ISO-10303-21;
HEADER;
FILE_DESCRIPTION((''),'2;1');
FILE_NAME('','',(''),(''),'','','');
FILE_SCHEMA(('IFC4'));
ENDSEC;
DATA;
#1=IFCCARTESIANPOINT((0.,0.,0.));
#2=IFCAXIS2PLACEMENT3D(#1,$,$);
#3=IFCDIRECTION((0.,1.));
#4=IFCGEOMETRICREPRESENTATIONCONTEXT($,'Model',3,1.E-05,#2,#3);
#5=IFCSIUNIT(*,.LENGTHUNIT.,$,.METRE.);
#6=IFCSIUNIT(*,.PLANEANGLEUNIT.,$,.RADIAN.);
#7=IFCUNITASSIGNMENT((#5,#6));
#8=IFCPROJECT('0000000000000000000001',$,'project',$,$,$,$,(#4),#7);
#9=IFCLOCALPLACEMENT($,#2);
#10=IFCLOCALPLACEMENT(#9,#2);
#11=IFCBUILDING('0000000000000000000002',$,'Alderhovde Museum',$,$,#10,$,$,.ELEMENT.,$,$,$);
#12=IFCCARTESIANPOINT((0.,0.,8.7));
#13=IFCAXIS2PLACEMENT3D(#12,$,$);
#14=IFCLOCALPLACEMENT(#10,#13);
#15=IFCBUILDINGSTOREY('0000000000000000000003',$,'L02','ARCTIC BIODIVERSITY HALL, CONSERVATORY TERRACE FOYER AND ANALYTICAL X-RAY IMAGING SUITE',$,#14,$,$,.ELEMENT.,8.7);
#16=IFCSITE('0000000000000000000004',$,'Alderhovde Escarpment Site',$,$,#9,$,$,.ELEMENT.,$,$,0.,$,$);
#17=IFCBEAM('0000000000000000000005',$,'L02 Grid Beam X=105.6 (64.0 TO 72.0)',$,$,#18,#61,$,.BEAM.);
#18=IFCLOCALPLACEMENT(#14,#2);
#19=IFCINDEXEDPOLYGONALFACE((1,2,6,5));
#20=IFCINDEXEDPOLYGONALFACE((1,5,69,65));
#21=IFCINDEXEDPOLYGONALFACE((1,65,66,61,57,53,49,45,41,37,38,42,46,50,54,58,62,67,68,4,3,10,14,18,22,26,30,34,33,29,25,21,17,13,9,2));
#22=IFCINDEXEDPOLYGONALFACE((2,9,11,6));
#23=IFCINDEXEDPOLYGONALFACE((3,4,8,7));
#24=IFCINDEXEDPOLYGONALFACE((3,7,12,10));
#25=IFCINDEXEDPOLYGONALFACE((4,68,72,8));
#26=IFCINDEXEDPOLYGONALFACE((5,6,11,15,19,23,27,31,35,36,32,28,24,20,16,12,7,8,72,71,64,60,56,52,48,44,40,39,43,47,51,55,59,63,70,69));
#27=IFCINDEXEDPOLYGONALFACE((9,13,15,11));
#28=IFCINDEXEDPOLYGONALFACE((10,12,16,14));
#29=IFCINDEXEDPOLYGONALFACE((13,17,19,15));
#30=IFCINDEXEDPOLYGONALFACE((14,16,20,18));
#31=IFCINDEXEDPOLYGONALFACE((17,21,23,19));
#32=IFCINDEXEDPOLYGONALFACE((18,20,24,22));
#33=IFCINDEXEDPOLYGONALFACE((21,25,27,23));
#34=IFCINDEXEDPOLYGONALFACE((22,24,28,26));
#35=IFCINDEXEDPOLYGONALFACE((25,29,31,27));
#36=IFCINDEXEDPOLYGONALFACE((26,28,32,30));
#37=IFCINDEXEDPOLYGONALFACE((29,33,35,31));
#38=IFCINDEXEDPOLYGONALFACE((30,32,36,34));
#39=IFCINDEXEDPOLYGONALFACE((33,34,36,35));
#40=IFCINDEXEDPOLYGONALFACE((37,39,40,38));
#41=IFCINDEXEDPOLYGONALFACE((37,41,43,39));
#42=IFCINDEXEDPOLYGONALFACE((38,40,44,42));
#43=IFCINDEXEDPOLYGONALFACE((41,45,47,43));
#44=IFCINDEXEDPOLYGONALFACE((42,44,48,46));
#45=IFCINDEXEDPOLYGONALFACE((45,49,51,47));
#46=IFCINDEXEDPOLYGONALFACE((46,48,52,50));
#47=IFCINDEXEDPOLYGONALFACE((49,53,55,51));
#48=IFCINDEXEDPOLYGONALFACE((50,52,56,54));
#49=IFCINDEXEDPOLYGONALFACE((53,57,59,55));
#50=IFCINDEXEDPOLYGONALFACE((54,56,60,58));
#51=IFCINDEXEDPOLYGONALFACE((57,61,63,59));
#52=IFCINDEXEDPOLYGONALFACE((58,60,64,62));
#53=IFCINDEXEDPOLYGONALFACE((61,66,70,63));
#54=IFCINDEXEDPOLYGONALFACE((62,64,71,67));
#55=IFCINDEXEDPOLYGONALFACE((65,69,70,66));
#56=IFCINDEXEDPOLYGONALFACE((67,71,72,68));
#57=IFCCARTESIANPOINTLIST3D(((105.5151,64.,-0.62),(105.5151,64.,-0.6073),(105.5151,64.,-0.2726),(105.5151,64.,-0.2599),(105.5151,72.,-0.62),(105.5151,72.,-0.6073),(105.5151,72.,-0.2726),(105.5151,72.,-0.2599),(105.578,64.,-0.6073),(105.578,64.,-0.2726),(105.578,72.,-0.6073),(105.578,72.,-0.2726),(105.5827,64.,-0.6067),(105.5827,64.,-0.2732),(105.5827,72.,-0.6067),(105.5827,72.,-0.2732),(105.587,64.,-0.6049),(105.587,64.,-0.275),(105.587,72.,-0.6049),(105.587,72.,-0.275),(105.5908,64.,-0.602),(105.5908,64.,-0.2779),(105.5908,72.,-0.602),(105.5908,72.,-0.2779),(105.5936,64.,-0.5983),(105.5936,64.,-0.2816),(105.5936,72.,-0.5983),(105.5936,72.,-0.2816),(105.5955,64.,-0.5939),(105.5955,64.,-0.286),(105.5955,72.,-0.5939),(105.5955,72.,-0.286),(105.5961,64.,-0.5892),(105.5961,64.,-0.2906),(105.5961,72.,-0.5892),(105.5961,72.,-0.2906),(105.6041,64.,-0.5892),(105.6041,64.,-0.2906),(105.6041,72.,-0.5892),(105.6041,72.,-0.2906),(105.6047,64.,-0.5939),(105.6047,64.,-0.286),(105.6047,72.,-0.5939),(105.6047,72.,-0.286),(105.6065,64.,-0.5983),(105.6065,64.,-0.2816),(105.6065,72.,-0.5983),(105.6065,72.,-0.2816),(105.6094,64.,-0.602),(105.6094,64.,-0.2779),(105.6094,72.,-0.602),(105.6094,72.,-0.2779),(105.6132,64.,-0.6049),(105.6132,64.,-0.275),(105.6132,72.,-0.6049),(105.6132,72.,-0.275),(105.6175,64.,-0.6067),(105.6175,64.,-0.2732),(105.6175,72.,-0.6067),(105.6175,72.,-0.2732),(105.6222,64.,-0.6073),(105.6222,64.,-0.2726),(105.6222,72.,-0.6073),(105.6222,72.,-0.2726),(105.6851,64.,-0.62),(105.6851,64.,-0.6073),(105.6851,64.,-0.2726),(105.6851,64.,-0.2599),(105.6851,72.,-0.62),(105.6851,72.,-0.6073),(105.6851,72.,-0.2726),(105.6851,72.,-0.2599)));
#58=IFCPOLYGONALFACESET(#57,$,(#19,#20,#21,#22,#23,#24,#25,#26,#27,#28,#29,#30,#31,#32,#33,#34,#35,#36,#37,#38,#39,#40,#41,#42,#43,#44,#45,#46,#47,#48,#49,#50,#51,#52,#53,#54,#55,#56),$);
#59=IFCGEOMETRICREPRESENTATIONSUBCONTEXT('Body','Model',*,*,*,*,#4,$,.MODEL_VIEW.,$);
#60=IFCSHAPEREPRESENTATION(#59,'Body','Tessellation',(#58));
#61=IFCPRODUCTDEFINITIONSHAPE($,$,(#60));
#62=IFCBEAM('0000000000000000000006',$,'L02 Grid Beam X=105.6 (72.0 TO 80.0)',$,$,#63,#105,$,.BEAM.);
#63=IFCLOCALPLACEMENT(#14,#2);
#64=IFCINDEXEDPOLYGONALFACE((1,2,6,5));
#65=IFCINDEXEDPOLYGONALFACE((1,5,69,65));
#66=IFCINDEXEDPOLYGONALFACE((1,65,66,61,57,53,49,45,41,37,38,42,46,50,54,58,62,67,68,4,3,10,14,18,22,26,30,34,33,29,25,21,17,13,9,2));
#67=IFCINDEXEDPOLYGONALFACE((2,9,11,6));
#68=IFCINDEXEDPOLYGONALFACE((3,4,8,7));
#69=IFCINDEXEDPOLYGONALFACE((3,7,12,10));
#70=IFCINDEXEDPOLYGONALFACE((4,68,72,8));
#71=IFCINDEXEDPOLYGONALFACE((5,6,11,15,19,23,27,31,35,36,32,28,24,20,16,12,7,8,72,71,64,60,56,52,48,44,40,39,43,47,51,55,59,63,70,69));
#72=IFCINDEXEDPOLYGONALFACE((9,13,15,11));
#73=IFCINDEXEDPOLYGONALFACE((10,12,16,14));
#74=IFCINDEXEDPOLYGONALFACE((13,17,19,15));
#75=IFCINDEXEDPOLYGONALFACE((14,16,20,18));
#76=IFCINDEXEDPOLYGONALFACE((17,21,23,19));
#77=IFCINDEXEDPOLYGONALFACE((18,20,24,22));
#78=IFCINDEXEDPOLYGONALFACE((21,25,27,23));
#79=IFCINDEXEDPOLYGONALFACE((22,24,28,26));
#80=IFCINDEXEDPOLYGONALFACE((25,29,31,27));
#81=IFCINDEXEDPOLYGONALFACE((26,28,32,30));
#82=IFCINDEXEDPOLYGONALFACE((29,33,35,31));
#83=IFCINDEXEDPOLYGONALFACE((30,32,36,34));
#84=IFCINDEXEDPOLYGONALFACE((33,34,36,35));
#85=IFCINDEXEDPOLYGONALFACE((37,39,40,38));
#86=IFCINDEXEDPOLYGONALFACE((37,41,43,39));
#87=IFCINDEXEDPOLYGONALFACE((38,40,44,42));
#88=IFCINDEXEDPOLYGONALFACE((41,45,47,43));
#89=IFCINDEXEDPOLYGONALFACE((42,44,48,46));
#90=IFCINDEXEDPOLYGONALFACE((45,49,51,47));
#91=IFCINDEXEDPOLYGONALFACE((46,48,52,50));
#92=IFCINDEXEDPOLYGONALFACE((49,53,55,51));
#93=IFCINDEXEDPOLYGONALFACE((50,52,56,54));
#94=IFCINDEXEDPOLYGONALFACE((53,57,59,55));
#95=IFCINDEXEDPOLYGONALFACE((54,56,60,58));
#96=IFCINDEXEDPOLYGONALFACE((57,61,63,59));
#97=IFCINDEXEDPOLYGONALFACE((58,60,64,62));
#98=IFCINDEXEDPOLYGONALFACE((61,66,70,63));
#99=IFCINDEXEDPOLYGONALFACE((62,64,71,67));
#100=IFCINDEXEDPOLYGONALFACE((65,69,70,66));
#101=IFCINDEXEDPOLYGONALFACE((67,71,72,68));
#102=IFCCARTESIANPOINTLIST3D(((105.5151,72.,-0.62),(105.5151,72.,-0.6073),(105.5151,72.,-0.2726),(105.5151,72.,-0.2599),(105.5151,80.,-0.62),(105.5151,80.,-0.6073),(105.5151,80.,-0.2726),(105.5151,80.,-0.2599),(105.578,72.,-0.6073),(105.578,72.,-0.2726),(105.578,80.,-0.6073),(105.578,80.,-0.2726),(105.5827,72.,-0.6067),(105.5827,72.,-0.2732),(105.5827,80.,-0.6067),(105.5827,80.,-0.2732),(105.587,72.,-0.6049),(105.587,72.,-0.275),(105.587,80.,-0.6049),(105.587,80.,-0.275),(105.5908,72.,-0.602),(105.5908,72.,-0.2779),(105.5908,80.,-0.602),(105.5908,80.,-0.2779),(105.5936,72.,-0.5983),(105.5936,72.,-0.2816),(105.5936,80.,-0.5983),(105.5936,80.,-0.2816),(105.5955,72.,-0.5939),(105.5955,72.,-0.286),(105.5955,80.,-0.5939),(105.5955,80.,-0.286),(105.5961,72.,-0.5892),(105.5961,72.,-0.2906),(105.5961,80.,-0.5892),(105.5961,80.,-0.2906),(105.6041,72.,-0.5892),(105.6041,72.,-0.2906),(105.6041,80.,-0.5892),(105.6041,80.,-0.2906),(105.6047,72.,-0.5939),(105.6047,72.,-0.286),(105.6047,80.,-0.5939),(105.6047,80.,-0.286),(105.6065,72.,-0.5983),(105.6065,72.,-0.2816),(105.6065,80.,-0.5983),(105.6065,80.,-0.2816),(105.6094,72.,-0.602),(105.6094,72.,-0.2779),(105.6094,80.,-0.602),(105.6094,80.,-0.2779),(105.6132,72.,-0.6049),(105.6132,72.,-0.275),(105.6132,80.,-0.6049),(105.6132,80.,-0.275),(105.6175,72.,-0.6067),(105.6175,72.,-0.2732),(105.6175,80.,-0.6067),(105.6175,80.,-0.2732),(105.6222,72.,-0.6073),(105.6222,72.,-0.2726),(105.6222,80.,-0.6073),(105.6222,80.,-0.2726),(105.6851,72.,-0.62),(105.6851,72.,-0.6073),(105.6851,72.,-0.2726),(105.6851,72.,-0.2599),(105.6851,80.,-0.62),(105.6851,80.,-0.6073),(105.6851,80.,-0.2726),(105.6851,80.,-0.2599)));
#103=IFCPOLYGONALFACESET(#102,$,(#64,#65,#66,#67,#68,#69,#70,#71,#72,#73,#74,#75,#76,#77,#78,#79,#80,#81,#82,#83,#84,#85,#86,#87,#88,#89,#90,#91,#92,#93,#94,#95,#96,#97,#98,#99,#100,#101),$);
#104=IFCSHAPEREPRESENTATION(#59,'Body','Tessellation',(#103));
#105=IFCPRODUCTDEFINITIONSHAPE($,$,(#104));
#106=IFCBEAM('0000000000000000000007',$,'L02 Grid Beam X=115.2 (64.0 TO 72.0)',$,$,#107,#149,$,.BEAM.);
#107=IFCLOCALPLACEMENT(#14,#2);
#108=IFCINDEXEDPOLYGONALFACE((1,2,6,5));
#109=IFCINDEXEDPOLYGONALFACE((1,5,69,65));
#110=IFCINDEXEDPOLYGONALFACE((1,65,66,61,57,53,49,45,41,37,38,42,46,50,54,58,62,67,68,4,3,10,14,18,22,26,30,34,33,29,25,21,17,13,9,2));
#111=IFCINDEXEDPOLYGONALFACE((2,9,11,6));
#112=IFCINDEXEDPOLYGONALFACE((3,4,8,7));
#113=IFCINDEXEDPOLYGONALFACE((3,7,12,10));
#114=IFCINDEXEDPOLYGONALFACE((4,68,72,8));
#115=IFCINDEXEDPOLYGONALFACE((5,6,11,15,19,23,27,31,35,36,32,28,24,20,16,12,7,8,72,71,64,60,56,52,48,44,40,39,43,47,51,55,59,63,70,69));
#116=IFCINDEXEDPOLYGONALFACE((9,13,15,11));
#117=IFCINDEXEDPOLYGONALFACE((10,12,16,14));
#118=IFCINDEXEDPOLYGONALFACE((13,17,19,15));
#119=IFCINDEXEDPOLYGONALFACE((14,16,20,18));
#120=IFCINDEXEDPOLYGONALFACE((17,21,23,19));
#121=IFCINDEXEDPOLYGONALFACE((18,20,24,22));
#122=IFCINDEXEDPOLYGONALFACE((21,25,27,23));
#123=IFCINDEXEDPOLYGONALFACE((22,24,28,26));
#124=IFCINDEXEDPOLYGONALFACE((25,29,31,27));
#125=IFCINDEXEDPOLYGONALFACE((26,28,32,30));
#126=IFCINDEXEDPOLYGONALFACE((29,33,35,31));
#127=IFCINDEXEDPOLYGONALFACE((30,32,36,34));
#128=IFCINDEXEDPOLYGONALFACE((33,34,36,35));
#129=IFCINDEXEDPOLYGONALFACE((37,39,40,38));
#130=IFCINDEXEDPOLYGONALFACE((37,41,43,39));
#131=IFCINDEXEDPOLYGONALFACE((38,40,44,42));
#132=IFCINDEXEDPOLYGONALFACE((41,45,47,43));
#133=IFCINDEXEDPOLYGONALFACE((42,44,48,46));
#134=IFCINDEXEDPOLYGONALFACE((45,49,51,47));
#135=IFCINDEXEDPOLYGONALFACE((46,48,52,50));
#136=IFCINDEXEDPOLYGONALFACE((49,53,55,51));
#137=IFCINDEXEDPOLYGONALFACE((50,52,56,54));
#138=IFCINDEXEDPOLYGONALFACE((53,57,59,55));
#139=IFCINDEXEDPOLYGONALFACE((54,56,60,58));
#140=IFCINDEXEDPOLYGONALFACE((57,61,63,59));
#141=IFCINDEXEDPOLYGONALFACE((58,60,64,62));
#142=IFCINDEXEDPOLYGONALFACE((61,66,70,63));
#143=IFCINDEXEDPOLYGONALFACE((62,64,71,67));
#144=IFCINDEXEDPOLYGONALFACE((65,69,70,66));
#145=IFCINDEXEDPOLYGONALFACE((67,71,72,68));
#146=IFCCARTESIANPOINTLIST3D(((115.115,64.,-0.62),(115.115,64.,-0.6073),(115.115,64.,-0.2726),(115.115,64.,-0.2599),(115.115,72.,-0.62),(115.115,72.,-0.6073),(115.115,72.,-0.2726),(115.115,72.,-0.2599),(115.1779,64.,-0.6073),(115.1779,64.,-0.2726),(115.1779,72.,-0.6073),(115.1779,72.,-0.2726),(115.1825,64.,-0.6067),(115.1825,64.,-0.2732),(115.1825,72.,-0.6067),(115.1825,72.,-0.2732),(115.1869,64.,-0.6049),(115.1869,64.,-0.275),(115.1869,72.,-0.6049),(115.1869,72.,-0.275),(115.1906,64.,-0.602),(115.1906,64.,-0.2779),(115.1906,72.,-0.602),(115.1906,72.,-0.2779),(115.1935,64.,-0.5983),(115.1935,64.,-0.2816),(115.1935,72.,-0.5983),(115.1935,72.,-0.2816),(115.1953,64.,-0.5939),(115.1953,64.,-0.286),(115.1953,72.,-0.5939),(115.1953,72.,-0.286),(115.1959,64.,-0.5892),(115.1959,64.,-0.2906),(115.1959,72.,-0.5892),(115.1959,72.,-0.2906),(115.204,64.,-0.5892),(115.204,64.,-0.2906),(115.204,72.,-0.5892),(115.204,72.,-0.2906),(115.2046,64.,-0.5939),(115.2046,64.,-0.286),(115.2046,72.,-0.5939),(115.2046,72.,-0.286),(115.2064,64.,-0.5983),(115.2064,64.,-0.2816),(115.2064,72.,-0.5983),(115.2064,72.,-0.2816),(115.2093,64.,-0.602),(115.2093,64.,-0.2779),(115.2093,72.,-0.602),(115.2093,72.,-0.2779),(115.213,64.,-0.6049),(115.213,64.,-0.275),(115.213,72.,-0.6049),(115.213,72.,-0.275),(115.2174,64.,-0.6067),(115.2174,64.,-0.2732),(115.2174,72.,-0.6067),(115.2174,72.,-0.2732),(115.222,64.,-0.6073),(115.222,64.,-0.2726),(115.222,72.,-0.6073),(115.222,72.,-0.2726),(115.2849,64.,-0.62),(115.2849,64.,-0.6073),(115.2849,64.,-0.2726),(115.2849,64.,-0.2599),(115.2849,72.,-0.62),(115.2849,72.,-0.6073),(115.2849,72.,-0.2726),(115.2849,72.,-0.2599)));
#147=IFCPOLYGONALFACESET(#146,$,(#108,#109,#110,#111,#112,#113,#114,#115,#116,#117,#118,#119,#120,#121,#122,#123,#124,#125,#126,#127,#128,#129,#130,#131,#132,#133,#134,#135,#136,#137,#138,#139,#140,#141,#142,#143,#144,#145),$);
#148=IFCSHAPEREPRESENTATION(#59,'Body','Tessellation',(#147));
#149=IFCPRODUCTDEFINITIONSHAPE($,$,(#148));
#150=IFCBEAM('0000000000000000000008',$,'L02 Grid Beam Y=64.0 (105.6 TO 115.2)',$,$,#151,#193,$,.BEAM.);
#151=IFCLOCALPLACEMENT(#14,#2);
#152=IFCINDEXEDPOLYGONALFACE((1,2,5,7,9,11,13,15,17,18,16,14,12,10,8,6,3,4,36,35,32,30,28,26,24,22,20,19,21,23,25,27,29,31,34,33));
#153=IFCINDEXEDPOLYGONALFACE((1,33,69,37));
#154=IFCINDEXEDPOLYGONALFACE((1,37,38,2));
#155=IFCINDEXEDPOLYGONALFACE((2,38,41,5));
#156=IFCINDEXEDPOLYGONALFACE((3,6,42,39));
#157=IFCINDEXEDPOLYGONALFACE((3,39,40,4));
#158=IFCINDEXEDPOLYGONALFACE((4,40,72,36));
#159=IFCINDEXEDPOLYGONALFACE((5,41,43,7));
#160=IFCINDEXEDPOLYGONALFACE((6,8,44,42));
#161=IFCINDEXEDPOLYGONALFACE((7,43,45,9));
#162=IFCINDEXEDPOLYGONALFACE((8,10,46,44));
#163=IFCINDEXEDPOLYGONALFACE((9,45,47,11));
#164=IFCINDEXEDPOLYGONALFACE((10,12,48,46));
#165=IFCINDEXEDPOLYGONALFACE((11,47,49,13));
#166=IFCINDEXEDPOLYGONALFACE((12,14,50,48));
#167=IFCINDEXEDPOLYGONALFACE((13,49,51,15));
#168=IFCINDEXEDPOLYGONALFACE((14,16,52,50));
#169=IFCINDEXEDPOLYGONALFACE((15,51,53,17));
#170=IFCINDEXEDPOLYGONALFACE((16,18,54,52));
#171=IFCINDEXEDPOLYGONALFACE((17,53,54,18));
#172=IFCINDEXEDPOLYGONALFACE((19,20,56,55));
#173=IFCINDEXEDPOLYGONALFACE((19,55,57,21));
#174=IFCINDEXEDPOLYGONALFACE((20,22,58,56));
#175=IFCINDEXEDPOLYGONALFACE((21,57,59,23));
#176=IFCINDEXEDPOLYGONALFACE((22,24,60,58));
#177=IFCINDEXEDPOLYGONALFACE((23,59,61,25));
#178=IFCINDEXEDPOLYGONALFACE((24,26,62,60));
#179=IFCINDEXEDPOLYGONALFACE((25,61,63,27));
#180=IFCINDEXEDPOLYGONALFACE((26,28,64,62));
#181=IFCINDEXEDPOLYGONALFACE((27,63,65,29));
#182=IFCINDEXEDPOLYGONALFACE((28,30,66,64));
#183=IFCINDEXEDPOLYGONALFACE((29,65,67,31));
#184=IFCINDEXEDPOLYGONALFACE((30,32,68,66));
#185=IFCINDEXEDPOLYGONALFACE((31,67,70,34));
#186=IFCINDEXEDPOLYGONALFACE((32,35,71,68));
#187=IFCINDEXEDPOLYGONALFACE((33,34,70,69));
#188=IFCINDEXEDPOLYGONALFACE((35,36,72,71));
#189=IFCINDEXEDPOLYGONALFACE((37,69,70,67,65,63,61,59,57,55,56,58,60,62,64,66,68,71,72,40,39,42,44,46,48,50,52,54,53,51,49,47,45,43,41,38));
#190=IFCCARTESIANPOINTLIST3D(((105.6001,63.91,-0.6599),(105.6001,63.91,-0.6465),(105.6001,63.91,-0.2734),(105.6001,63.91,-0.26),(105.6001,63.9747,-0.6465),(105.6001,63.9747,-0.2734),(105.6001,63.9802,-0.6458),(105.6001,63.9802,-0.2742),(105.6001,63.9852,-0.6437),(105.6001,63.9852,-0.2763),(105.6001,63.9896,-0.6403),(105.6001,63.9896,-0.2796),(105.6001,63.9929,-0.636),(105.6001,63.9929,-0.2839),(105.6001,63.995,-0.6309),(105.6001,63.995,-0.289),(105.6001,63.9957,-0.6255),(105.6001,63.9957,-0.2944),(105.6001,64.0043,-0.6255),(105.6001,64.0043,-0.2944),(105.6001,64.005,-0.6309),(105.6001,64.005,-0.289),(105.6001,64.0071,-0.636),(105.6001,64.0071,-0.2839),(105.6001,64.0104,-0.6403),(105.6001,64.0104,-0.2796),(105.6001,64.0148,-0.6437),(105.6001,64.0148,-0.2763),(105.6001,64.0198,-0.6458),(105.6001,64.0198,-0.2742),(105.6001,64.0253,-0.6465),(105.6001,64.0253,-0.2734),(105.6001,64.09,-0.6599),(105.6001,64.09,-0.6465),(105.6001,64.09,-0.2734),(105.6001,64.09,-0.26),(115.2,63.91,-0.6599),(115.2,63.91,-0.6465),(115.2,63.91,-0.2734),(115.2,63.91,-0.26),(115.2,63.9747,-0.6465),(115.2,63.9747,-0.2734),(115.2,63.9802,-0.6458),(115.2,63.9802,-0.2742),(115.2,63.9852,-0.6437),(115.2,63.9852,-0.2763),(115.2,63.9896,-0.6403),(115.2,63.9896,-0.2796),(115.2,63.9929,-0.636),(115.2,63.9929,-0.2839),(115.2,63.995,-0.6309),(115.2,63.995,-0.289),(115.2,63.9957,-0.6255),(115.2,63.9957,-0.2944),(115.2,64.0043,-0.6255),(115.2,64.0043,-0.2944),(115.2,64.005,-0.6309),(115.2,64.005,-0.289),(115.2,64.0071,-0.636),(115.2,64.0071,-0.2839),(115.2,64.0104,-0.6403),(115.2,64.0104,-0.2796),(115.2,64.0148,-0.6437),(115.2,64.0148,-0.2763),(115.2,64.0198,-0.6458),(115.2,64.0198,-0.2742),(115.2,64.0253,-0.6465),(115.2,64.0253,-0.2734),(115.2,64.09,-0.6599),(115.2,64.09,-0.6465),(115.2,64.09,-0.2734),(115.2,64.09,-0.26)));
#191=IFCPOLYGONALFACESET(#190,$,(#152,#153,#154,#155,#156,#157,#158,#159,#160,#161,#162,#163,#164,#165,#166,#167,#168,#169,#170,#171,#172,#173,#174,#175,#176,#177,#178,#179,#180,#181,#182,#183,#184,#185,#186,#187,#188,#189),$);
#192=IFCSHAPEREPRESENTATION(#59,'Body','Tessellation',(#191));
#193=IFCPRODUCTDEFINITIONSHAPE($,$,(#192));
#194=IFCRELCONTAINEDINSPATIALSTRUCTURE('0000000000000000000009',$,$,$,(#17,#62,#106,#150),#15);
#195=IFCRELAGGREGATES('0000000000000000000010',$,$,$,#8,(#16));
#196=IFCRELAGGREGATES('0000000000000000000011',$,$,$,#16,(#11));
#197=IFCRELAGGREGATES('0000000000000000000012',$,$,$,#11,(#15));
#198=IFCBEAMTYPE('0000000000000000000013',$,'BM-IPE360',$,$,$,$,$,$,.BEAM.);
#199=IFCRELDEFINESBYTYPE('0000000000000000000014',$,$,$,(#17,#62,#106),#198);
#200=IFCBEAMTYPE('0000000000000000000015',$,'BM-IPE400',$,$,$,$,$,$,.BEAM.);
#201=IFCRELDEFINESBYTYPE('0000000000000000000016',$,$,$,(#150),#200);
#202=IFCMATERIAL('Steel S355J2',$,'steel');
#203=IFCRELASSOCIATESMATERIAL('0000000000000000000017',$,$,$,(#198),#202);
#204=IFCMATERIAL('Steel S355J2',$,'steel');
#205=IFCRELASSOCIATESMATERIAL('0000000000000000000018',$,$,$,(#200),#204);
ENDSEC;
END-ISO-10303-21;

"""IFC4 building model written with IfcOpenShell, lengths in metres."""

from ifc_helpers import new_model, si_unit, direction, frame, origin, origin_2d, place, context, subcontext, project, spatial, i_section, extrude, material, material_profile, profile_set, type_object, element, save


model = new_model("IFC4")

# Units and contexts
model_context = context("Model", 3, precision=1e-05, world=origin(), true_north=direction((0.0, 1.0)))
body_context = subcontext(model_context, "Body", "Model", "MODEL_VIEW")
ifc_project = project(units=[si_unit("LENGTHUNIT", "METRE"), si_unit("PLANEANGLEUNIT", "RADIAN")], contexts=[model_context])

# Site, building, storey
site_placement = place(None, origin())
site = spatial("IfcSite", under=ifc_project, at=site_placement, Name="Alderhovde Escarpment Site", CompositionType="ELEMENT", RefElevation=0.0)
building_placement = place(site_placement, origin())
building = spatial("IfcBuilding", under=site, at=building_placement, Name="Alderhovde Museum", CompositionType="ELEMENT")
storey_placement = place(building_placement, frame((0.0, 0.0, 8.7)))
storey = spatial("IfcBuildingStorey", under=building, at=storey_placement, Name="L02", Description="ARCTIC BIODIVERSITY HALL, CONSERVATORY TERRACE FOYER AND ANALYTICAL X-RAY IMAGING SUITE", CompositionType="ELEMENT", Elevation=8.7)

# Beams
ifc_material_1 = material(Name="Steel S355J2", Category="steel")
ifc_material_profile_1 = material_profile(ifc_material_1, i_section(OverallWidth=0.1699, OverallDepth=0.3601, WebThickness=0.0081, FlangeThickness=0.0127, FilletRadius=0.0181, at=origin_2d()), Name="IPE 360")
ifc_profile_set_1 = profile_set([ifc_material_profile_1], Name="Steel S355J2")
beam_type_1 = type_object("IfcBeamType", Name="BM-IPE360", PredefinedType="BEAM", material=ifc_profile_set_1)
for number, where, z_axis, x_axis, name in (
    (1, (105.6001, 64.0, -0.4399), (0.0, 1.0, 0.0), (-1.0, 0.0, 0.0), "L02 Grid Beam X=105.6 (64.0 TO 72.0)"),
    (2, (105.6001, 72.0, -0.4399), (0.0, 1.0, 0.0), (-1.0, 0.0, 0.0), "L02 Grid Beam X=105.6 (72.0 TO 80.0)"),
    (3, (115.2, 64.0, -0.4399), (0.0, 1.0, 0.0), (-1.0, 0.0, 0.0), "L02 Grid Beam X=115.2 (64.0 TO 72.0)"),
):
    element("IfcBeam", number, at=place(storey_placement, frame(where, z_axis=z_axis, x_axis=x_axis)), inside=storey, type_object=beam_type_1, Name=name, PredefinedType="BEAM", context=body_context, shape_type="SweptSolid", body=[
        extrude(i_section(OverallWidth=0.1699, OverallDepth=0.3601, WebThickness=0.0081, FlangeThickness=0.0127, FilletRadius=0.0181, at=origin_2d()), origin(), (0.0, 0.0, 1.0), 8.0),
    ])
ifc_material_2 = material(Name="Steel S355J2", Category="steel")
ifc_material_profile_2 = material_profile(ifc_material_2, i_section(OverallWidth=0.1799, OverallDepth=0.3999, WebThickness=0.0085, FlangeThickness=0.0134, FilletRadius=0.021, at=origin_2d()), Name="IPE 400")
ifc_profile_set_2 = profile_set([ifc_material_profile_2], Name="Steel S355J2")
beam_type_2 = type_object("IfcBeamType", Name="BM-IPE400", PredefinedType="BEAM", material=ifc_profile_set_2)
beam_1_placement = place(storey_placement, frame((105.6001, 64.0, -0.46), z_axis=(1.0, 0.0, 0.0), x_axis=(0.0, 1.0, 0.0)))
element("IfcBeam", 4, at=beam_1_placement, inside=storey, type_object=beam_type_2, Name="L02 Grid Beam Y=64.0 (105.6 TO 115.2)", PredefinedType="BEAM", context=body_context, shape_type="SweptSolid", body=[
    extrude(i_section(OverallWidth=0.1799, OverallDepth=0.3999, WebThickness=0.0085, FlangeThickness=0.0134, FilletRadius=0.021, at=origin_2d()), origin(), (0.0, 0.0, 1.0), 9.5999),
])

save(model, "model.ifc")
